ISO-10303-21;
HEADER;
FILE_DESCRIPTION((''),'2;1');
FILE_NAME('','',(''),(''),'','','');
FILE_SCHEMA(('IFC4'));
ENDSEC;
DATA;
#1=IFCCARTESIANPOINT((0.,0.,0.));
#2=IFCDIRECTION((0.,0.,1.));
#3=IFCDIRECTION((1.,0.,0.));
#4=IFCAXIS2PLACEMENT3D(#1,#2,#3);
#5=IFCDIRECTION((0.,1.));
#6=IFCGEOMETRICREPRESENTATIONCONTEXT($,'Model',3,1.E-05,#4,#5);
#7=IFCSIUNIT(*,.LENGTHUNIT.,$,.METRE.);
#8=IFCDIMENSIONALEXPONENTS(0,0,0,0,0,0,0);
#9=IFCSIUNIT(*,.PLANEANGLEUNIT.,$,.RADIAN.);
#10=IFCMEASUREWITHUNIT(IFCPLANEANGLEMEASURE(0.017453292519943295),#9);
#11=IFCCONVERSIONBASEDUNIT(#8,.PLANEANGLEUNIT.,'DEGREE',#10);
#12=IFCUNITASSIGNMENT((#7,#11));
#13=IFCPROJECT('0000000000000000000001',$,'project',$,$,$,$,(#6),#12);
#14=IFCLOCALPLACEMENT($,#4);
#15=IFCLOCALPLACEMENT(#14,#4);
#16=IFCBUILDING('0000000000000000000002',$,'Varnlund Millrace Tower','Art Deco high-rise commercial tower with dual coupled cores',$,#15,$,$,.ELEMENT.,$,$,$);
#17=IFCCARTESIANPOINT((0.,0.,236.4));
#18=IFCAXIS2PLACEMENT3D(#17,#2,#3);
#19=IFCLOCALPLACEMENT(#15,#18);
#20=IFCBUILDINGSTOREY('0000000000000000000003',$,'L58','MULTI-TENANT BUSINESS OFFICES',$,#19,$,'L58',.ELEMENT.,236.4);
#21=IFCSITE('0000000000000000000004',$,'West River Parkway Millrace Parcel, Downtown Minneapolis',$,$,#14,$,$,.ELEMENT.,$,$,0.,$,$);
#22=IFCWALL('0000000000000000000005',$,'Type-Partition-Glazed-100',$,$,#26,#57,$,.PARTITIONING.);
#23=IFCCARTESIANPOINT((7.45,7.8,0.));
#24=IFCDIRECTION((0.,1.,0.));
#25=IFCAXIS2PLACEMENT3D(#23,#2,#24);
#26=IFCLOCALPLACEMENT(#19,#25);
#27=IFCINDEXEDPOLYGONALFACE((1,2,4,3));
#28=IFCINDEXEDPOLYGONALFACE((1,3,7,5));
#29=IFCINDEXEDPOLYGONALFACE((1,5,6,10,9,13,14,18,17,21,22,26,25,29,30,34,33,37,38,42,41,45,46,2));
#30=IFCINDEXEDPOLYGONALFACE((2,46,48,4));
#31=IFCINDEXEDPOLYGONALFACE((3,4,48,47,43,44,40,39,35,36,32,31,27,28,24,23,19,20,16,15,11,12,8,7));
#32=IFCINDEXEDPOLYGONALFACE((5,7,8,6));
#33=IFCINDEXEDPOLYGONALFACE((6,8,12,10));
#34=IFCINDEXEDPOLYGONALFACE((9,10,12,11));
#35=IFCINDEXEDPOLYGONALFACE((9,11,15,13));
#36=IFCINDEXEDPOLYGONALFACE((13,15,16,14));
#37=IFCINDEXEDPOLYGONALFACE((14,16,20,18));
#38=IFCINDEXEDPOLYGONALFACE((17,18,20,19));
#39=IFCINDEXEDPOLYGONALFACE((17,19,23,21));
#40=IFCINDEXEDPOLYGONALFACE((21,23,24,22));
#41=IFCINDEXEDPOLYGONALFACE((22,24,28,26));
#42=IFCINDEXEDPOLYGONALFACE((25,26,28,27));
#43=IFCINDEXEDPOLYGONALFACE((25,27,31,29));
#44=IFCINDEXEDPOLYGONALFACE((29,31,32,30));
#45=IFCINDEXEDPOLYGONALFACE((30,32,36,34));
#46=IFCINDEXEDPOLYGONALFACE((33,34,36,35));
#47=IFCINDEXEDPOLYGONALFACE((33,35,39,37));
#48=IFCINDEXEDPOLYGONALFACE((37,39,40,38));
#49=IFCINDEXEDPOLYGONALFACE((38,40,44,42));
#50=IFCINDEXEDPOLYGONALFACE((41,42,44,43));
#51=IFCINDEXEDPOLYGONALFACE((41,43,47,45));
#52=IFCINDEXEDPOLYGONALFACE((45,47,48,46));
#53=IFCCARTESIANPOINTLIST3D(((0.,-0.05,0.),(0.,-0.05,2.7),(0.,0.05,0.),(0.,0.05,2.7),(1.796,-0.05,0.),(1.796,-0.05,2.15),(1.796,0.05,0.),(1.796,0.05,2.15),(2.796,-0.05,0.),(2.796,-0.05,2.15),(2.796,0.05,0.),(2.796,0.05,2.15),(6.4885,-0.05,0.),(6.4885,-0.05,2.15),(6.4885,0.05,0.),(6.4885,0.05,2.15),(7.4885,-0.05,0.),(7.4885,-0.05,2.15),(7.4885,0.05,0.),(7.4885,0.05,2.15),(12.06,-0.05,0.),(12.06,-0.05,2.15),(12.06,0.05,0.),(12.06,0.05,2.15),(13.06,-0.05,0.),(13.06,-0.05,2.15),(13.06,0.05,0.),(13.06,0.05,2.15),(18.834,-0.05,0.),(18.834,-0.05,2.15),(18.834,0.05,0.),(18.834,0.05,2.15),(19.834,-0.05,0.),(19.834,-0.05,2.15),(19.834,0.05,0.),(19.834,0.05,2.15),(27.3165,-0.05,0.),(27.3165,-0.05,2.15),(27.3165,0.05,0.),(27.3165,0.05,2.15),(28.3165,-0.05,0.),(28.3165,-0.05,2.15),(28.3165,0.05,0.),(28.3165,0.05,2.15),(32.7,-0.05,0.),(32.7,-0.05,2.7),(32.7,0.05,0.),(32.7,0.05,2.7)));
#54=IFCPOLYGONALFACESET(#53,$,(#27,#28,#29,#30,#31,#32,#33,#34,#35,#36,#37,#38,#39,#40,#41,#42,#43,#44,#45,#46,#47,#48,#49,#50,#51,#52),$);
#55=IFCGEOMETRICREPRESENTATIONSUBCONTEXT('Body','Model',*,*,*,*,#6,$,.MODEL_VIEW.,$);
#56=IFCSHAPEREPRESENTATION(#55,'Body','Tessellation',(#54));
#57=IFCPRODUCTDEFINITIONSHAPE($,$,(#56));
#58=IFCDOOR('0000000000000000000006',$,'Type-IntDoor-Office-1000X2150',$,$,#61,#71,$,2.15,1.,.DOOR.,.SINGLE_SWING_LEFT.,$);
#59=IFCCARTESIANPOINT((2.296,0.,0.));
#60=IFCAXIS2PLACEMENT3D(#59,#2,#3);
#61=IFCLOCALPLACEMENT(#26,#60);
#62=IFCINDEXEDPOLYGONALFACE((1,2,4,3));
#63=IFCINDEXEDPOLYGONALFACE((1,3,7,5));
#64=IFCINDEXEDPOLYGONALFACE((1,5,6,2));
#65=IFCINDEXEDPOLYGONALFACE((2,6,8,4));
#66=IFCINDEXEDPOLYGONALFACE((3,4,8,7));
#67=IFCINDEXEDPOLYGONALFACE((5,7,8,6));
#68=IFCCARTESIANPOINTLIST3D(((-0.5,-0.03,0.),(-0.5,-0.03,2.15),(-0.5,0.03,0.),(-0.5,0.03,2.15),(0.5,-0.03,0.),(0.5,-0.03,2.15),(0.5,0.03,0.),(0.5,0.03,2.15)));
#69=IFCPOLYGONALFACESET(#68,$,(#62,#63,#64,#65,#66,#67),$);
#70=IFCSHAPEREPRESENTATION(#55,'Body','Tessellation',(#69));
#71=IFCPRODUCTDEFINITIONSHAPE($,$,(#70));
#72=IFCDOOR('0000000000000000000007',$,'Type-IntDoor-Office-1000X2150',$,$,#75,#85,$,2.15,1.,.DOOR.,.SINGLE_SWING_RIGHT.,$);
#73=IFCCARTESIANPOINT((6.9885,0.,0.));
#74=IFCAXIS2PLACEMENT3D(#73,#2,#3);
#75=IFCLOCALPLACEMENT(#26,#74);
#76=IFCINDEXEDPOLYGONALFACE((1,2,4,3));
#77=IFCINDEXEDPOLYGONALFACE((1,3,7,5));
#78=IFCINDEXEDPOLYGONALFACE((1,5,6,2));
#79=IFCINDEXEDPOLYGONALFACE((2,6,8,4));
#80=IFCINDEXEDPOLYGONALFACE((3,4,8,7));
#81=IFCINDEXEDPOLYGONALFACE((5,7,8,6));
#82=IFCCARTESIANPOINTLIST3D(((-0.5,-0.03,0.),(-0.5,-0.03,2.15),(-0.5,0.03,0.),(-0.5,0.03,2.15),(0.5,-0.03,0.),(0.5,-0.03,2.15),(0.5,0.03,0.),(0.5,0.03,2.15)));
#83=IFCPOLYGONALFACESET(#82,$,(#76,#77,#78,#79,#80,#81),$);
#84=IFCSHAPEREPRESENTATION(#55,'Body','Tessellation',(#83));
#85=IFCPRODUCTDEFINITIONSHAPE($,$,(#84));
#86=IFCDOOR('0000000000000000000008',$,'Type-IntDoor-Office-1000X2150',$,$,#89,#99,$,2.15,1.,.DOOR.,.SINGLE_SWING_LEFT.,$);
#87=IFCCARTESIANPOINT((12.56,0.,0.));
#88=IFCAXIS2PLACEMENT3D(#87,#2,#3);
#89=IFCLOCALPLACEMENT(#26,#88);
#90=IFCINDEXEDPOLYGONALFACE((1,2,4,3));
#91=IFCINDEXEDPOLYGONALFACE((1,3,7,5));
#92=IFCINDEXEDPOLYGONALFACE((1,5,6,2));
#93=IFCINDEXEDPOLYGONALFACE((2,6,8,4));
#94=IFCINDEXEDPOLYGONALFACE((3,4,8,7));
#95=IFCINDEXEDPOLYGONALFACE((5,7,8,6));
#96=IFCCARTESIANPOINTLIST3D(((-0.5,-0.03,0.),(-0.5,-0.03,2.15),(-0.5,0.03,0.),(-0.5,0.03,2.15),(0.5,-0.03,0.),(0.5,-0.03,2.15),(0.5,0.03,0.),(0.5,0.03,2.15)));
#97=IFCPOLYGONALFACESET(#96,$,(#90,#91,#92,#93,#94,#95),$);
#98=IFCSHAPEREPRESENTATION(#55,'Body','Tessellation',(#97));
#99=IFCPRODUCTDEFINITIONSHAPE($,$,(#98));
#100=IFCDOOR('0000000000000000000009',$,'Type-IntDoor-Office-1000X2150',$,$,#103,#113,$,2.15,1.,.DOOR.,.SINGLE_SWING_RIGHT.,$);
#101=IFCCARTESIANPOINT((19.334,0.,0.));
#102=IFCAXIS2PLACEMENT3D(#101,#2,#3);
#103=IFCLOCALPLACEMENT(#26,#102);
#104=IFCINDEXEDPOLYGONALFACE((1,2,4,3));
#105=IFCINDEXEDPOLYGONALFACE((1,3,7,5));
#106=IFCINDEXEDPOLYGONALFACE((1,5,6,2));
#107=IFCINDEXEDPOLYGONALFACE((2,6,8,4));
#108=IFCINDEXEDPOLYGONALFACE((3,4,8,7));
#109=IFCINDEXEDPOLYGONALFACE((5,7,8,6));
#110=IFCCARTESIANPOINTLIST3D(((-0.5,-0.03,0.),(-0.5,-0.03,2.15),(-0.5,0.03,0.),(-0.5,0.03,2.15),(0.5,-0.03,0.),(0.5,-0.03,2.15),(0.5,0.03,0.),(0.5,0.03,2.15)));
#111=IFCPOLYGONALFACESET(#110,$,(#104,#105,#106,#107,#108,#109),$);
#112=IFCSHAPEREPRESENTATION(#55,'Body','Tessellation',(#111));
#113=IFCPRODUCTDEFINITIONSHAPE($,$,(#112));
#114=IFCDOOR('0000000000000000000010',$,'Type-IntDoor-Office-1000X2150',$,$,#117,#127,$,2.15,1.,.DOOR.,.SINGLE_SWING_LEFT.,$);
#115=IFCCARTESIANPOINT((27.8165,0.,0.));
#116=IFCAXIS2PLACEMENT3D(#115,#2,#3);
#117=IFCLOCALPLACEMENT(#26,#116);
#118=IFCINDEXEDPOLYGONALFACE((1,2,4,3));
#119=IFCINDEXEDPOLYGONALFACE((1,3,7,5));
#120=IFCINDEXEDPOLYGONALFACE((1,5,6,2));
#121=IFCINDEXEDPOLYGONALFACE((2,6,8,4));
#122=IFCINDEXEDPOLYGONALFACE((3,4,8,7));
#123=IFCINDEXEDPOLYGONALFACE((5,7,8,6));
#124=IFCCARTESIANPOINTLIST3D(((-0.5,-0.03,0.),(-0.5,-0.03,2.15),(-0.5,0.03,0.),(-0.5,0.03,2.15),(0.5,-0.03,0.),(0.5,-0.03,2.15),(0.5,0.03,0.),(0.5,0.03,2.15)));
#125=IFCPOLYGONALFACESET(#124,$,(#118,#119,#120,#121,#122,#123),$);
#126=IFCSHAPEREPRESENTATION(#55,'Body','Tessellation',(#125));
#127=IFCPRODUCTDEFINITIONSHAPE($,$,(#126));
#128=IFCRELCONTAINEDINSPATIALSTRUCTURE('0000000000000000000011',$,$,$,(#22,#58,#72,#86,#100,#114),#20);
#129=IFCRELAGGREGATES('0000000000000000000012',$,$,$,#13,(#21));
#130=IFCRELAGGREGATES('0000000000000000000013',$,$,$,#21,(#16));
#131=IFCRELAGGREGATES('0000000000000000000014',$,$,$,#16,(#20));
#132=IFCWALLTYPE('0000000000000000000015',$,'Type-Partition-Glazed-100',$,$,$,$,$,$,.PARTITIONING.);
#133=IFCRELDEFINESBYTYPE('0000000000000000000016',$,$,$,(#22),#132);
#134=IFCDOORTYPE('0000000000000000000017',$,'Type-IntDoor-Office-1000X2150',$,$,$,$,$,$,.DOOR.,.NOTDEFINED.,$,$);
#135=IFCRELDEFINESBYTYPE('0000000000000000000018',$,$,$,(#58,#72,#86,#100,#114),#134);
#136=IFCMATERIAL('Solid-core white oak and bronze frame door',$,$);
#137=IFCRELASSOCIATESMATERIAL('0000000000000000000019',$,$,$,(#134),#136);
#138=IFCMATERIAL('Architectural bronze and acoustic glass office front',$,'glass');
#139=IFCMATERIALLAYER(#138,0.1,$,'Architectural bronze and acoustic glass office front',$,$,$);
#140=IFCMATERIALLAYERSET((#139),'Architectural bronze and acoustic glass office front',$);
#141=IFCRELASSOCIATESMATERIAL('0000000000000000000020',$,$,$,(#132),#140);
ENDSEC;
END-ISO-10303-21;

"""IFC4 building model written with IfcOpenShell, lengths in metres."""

from ifc_helpers import new_model, entity, si_unit, converted_unit, direction, frame, origin_with_axes, origin_2d_with_axis, place, context, subcontext, project, spatial, polyline, rectangle, outline, extrude, material, layer, layer_set, type_object, element, fill, save


model = new_model("IFC4")

# Units and contexts
model_context = context("Model", 3, precision=1e-05, world=origin_with_axes(), true_north=direction((0.0, 1.0)))
body_context = subcontext(model_context, "Body", "Model", "MODEL_VIEW")
ifc_project = project(units=[si_unit("LENGTHUNIT", "METRE"), converted_unit("PLANEANGLEUNIT", "DEGREE", entity("IfcPlaneAngleMeasure", 0.017453292519943295), si_unit("PLANEANGLEUNIT", "RADIAN"), dimensions=[0, 0, 0, 0, 0, 0, 0])], contexts=[model_context])

# Site, building, storey
site_placement = place(None, origin_with_axes())
site = spatial("IfcSite", under=ifc_project, at=site_placement, Name="West River Parkway Millrace Parcel, Downtown Minneapolis", CompositionType="ELEMENT", RefElevation=0.0)
building_placement = place(site_placement, origin_with_axes())
building = spatial("IfcBuilding", under=site, at=building_placement, Name="Varnlund Millrace Tower", Description="Art Deco high-rise commercial tower with dual coupled cores", CompositionType="ELEMENT")
storey_placement = place(building_placement, frame((0.0, 0.0, 236.4), z_axis=(0.0, 0.0, 1.0), x_axis=(1.0, 0.0, 0.0)))
storey = spatial("IfcBuildingStorey", under=building, at=storey_placement, Name="L58", Description="MULTI-TENANT BUSINESS OFFICES", LongName="L58", CompositionType="ELEMENT", Elevation=236.4)

# Shared definitions
ifc_material_1 = material(Name="Solid-core white oak and bronze frame door")
door_type_1 = type_object("IfcDoorType", Name="Type-IntDoor-Office-1000X2150", OperationType="NOTDEFINED", PredefinedType="DOOR", material=ifc_material_1)

# Wall, openings, doors
ifc_material_2 = material(Name="Architectural bronze and acoustic glass office front", Category="glass")
ifc_layer_1 = layer(ifc_material_2, 0.1, Name="Architectural bronze and acoustic glass office front")
ifc_layer_set_1 = layer_set([ifc_layer_1], Name="Architectural bronze and acoustic glass office front")
wall_type_1 = type_object("IfcWallType", Name="Type-Partition-Glazed-100", PredefinedType="PARTITIONING", material=ifc_layer_set_1)
wall_1_placement = place(storey_placement, frame((7.45, 7.8, 0.0), z_axis=(0.0, 0.0, 1.0), x_axis=(0.0, 1.0, 0.0)))
wall_1 = element("IfcWall", 1, at=wall_1_placement, inside=storey, type_object=wall_type_1, Name="Type-Partition-Glazed-100", PredefinedType="PARTITIONING", context=body_context, shape_type="SweptSolid", body=[
    extrude(outline(polyline([(0.0, -0.05), (32.7, -0.05), (32.7, 0.05), (0.0, 0.05), (0.0, -0.05)])), origin_with_axes(), (0.0, 0.0, 1.0), 2.7),
])
opening_1_placement = place(wall_1_placement, frame((2.296, 0.0, 0.0), z_axis=(0.0, 0.0, 1.0), x_axis=(1.0, 0.0, 0.0)))
opening_1 = element("IfcOpeningElement", 2, at=opening_1_placement, cuts=wall_1, PredefinedType="OPENING", context=body_context, shape_type="SweptSolid", body=[
    extrude(rectangle(XDim=1.0, YDim=0.12, at=origin_2d_with_axis()), origin_with_axes(), (0.0, 0.0, 1.0), 2.15),
])
opening_2_placement = place(wall_1_placement, frame((6.9885, 0.0, 0.0), z_axis=(0.0, 0.0, 1.0), x_axis=(1.0, 0.0, 0.0)))
opening_2 = element("IfcOpeningElement", 3, at=opening_2_placement, cuts=wall_1, PredefinedType="OPENING", context=body_context, shape_type="SweptSolid", body=[
    extrude(rectangle(XDim=1.0, YDim=0.12, at=origin_2d_with_axis()), origin_with_axes(), (0.0, 0.0, 1.0), 2.15),
])
opening_3_placement = place(wall_1_placement, frame((12.56, 0.0, 0.0), z_axis=(0.0, 0.0, 1.0), x_axis=(1.0, 0.0, 0.0)))
opening_3 = element("IfcOpeningElement", 4, at=opening_3_placement, cuts=wall_1, PredefinedType="OPENING", context=body_context, shape_type="SweptSolid", body=[
    extrude(rectangle(XDim=1.0, YDim=0.12, at=origin_2d_with_axis()), origin_with_axes(), (0.0, 0.0, 1.0), 2.15),
])
opening_4_placement = place(wall_1_placement, frame((19.334, 0.0, 0.0), z_axis=(0.0, 0.0, 1.0), x_axis=(1.0, 0.0, 0.0)))
opening_4 = element("IfcOpeningElement", 5, at=opening_4_placement, cuts=wall_1, PredefinedType="OPENING", context=body_context, shape_type="SweptSolid", body=[
    extrude(rectangle(XDim=1.0, YDim=0.12, at=origin_2d_with_axis()), origin_with_axes(), (0.0, 0.0, 1.0), 2.15),
])
opening_5_placement = place(wall_1_placement, frame((27.8165, 0.0, 0.0), z_axis=(0.0, 0.0, 1.0), x_axis=(1.0, 0.0, 0.0)))
opening_5 = element("IfcOpeningElement", 6, at=opening_5_placement, cuts=wall_1, PredefinedType="OPENING", context=body_context, shape_type="SweptSolid", body=[
    extrude(rectangle(XDim=1.0, YDim=0.12, at=origin_2d_with_axis()), origin_with_axes(), (0.0, 0.0, 1.0), 2.15),
])
door_1_placement = place(wall_1_placement, frame((2.296, 0.0, 0.0), z_axis=(0.0, 0.0, 1.0), x_axis=(1.0, 0.0, 0.0)))
door_1 = element("IfcDoor", 7, at=door_1_placement, inside=storey, type_object=door_type_1, Name="Type-IntDoor-Office-1000X2150", OperationType="SINGLE_SWING_LEFT", OverallHeight=2.15, OverallWidth=1.0, PredefinedType="DOOR", context=body_context, shape_type="SweptSolid", body=[
    extrude(rectangle(XDim=1.0, YDim=0.06, at=origin_2d_with_axis()), origin_with_axes(), (0.0, 0.0, 1.0), 2.15),
])
fill(opening_1, door_1)
door_2_placement = place(wall_1_placement, frame((6.9885, 0.0, 0.0), z_axis=(0.0, 0.0, 1.0), x_axis=(1.0, 0.0, 0.0)))
door_2 = element("IfcDoor", 8, at=door_2_placement, inside=storey, type_object=door_type_1, Name="Type-IntDoor-Office-1000X2150", OperationType="SINGLE_SWING_RIGHT", OverallHeight=2.15, OverallWidth=1.0, PredefinedType="DOOR", context=body_context, shape_type="SweptSolid", body=[
    extrude(rectangle(XDim=1.0, YDim=0.06, at=origin_2d_with_axis()), origin_with_axes(), (0.0, 0.0, 1.0), 2.15),
])
fill(opening_2, door_2)
door_3_placement = place(wall_1_placement, frame((12.56, 0.0, 0.0), z_axis=(0.0, 0.0, 1.0), x_axis=(1.0, 0.0, 0.0)))
door_3 = element("IfcDoor", 9, at=door_3_placement, inside=storey, type_object=door_type_1, Name="Type-IntDoor-Office-1000X2150", OperationType="SINGLE_SWING_LEFT", OverallHeight=2.15, OverallWidth=1.0, PredefinedType="DOOR", context=body_context, shape_type="SweptSolid", body=[
    extrude(rectangle(XDim=1.0, YDim=0.06, at=origin_2d_with_axis()), origin_with_axes(), (0.0, 0.0, 1.0), 2.15),
])
fill(opening_3, door_3)
door_4_placement = place(wall_1_placement, frame((19.334, 0.0, 0.0), z_axis=(0.0, 0.0, 1.0), x_axis=(1.0, 0.0, 0.0)))
door_4 = element("IfcDoor", 10, at=door_4_placement, inside=storey, type_object=door_type_1, Name="Type-IntDoor-Office-1000X2150", OperationType="SINGLE_SWING_RIGHT", OverallHeight=2.15, OverallWidth=1.0, PredefinedType="DOOR", context=body_context, shape_type="SweptSolid", body=[
    extrude(rectangle(XDim=1.0, YDim=0.06, at=origin_2d_with_axis()), origin_with_axes(), (0.0, 0.0, 1.0), 2.15),
])
fill(opening_4, door_4)
door_5_placement = place(wall_1_placement, frame((27.8165, 0.0, 0.0), z_axis=(0.0, 0.0, 1.0), x_axis=(1.0, 0.0, 0.0)))
door_5 = element("IfcDoor", 11, at=door_5_placement, inside=storey, type_object=door_type_1, Name="Type-IntDoor-Office-1000X2150", OperationType="SINGLE_SWING_LEFT", OverallHeight=2.15, OverallWidth=1.0, PredefinedType="DOOR", context=body_context, shape_type="SweptSolid", body=[
    extrude(rectangle(XDim=1.0, YDim=0.06, at=origin_2d_with_axis()), origin_with_axes(), (0.0, 0.0, 1.0), 2.15),
])
fill(opening_5, door_5)

save(model, "model.ifc")
